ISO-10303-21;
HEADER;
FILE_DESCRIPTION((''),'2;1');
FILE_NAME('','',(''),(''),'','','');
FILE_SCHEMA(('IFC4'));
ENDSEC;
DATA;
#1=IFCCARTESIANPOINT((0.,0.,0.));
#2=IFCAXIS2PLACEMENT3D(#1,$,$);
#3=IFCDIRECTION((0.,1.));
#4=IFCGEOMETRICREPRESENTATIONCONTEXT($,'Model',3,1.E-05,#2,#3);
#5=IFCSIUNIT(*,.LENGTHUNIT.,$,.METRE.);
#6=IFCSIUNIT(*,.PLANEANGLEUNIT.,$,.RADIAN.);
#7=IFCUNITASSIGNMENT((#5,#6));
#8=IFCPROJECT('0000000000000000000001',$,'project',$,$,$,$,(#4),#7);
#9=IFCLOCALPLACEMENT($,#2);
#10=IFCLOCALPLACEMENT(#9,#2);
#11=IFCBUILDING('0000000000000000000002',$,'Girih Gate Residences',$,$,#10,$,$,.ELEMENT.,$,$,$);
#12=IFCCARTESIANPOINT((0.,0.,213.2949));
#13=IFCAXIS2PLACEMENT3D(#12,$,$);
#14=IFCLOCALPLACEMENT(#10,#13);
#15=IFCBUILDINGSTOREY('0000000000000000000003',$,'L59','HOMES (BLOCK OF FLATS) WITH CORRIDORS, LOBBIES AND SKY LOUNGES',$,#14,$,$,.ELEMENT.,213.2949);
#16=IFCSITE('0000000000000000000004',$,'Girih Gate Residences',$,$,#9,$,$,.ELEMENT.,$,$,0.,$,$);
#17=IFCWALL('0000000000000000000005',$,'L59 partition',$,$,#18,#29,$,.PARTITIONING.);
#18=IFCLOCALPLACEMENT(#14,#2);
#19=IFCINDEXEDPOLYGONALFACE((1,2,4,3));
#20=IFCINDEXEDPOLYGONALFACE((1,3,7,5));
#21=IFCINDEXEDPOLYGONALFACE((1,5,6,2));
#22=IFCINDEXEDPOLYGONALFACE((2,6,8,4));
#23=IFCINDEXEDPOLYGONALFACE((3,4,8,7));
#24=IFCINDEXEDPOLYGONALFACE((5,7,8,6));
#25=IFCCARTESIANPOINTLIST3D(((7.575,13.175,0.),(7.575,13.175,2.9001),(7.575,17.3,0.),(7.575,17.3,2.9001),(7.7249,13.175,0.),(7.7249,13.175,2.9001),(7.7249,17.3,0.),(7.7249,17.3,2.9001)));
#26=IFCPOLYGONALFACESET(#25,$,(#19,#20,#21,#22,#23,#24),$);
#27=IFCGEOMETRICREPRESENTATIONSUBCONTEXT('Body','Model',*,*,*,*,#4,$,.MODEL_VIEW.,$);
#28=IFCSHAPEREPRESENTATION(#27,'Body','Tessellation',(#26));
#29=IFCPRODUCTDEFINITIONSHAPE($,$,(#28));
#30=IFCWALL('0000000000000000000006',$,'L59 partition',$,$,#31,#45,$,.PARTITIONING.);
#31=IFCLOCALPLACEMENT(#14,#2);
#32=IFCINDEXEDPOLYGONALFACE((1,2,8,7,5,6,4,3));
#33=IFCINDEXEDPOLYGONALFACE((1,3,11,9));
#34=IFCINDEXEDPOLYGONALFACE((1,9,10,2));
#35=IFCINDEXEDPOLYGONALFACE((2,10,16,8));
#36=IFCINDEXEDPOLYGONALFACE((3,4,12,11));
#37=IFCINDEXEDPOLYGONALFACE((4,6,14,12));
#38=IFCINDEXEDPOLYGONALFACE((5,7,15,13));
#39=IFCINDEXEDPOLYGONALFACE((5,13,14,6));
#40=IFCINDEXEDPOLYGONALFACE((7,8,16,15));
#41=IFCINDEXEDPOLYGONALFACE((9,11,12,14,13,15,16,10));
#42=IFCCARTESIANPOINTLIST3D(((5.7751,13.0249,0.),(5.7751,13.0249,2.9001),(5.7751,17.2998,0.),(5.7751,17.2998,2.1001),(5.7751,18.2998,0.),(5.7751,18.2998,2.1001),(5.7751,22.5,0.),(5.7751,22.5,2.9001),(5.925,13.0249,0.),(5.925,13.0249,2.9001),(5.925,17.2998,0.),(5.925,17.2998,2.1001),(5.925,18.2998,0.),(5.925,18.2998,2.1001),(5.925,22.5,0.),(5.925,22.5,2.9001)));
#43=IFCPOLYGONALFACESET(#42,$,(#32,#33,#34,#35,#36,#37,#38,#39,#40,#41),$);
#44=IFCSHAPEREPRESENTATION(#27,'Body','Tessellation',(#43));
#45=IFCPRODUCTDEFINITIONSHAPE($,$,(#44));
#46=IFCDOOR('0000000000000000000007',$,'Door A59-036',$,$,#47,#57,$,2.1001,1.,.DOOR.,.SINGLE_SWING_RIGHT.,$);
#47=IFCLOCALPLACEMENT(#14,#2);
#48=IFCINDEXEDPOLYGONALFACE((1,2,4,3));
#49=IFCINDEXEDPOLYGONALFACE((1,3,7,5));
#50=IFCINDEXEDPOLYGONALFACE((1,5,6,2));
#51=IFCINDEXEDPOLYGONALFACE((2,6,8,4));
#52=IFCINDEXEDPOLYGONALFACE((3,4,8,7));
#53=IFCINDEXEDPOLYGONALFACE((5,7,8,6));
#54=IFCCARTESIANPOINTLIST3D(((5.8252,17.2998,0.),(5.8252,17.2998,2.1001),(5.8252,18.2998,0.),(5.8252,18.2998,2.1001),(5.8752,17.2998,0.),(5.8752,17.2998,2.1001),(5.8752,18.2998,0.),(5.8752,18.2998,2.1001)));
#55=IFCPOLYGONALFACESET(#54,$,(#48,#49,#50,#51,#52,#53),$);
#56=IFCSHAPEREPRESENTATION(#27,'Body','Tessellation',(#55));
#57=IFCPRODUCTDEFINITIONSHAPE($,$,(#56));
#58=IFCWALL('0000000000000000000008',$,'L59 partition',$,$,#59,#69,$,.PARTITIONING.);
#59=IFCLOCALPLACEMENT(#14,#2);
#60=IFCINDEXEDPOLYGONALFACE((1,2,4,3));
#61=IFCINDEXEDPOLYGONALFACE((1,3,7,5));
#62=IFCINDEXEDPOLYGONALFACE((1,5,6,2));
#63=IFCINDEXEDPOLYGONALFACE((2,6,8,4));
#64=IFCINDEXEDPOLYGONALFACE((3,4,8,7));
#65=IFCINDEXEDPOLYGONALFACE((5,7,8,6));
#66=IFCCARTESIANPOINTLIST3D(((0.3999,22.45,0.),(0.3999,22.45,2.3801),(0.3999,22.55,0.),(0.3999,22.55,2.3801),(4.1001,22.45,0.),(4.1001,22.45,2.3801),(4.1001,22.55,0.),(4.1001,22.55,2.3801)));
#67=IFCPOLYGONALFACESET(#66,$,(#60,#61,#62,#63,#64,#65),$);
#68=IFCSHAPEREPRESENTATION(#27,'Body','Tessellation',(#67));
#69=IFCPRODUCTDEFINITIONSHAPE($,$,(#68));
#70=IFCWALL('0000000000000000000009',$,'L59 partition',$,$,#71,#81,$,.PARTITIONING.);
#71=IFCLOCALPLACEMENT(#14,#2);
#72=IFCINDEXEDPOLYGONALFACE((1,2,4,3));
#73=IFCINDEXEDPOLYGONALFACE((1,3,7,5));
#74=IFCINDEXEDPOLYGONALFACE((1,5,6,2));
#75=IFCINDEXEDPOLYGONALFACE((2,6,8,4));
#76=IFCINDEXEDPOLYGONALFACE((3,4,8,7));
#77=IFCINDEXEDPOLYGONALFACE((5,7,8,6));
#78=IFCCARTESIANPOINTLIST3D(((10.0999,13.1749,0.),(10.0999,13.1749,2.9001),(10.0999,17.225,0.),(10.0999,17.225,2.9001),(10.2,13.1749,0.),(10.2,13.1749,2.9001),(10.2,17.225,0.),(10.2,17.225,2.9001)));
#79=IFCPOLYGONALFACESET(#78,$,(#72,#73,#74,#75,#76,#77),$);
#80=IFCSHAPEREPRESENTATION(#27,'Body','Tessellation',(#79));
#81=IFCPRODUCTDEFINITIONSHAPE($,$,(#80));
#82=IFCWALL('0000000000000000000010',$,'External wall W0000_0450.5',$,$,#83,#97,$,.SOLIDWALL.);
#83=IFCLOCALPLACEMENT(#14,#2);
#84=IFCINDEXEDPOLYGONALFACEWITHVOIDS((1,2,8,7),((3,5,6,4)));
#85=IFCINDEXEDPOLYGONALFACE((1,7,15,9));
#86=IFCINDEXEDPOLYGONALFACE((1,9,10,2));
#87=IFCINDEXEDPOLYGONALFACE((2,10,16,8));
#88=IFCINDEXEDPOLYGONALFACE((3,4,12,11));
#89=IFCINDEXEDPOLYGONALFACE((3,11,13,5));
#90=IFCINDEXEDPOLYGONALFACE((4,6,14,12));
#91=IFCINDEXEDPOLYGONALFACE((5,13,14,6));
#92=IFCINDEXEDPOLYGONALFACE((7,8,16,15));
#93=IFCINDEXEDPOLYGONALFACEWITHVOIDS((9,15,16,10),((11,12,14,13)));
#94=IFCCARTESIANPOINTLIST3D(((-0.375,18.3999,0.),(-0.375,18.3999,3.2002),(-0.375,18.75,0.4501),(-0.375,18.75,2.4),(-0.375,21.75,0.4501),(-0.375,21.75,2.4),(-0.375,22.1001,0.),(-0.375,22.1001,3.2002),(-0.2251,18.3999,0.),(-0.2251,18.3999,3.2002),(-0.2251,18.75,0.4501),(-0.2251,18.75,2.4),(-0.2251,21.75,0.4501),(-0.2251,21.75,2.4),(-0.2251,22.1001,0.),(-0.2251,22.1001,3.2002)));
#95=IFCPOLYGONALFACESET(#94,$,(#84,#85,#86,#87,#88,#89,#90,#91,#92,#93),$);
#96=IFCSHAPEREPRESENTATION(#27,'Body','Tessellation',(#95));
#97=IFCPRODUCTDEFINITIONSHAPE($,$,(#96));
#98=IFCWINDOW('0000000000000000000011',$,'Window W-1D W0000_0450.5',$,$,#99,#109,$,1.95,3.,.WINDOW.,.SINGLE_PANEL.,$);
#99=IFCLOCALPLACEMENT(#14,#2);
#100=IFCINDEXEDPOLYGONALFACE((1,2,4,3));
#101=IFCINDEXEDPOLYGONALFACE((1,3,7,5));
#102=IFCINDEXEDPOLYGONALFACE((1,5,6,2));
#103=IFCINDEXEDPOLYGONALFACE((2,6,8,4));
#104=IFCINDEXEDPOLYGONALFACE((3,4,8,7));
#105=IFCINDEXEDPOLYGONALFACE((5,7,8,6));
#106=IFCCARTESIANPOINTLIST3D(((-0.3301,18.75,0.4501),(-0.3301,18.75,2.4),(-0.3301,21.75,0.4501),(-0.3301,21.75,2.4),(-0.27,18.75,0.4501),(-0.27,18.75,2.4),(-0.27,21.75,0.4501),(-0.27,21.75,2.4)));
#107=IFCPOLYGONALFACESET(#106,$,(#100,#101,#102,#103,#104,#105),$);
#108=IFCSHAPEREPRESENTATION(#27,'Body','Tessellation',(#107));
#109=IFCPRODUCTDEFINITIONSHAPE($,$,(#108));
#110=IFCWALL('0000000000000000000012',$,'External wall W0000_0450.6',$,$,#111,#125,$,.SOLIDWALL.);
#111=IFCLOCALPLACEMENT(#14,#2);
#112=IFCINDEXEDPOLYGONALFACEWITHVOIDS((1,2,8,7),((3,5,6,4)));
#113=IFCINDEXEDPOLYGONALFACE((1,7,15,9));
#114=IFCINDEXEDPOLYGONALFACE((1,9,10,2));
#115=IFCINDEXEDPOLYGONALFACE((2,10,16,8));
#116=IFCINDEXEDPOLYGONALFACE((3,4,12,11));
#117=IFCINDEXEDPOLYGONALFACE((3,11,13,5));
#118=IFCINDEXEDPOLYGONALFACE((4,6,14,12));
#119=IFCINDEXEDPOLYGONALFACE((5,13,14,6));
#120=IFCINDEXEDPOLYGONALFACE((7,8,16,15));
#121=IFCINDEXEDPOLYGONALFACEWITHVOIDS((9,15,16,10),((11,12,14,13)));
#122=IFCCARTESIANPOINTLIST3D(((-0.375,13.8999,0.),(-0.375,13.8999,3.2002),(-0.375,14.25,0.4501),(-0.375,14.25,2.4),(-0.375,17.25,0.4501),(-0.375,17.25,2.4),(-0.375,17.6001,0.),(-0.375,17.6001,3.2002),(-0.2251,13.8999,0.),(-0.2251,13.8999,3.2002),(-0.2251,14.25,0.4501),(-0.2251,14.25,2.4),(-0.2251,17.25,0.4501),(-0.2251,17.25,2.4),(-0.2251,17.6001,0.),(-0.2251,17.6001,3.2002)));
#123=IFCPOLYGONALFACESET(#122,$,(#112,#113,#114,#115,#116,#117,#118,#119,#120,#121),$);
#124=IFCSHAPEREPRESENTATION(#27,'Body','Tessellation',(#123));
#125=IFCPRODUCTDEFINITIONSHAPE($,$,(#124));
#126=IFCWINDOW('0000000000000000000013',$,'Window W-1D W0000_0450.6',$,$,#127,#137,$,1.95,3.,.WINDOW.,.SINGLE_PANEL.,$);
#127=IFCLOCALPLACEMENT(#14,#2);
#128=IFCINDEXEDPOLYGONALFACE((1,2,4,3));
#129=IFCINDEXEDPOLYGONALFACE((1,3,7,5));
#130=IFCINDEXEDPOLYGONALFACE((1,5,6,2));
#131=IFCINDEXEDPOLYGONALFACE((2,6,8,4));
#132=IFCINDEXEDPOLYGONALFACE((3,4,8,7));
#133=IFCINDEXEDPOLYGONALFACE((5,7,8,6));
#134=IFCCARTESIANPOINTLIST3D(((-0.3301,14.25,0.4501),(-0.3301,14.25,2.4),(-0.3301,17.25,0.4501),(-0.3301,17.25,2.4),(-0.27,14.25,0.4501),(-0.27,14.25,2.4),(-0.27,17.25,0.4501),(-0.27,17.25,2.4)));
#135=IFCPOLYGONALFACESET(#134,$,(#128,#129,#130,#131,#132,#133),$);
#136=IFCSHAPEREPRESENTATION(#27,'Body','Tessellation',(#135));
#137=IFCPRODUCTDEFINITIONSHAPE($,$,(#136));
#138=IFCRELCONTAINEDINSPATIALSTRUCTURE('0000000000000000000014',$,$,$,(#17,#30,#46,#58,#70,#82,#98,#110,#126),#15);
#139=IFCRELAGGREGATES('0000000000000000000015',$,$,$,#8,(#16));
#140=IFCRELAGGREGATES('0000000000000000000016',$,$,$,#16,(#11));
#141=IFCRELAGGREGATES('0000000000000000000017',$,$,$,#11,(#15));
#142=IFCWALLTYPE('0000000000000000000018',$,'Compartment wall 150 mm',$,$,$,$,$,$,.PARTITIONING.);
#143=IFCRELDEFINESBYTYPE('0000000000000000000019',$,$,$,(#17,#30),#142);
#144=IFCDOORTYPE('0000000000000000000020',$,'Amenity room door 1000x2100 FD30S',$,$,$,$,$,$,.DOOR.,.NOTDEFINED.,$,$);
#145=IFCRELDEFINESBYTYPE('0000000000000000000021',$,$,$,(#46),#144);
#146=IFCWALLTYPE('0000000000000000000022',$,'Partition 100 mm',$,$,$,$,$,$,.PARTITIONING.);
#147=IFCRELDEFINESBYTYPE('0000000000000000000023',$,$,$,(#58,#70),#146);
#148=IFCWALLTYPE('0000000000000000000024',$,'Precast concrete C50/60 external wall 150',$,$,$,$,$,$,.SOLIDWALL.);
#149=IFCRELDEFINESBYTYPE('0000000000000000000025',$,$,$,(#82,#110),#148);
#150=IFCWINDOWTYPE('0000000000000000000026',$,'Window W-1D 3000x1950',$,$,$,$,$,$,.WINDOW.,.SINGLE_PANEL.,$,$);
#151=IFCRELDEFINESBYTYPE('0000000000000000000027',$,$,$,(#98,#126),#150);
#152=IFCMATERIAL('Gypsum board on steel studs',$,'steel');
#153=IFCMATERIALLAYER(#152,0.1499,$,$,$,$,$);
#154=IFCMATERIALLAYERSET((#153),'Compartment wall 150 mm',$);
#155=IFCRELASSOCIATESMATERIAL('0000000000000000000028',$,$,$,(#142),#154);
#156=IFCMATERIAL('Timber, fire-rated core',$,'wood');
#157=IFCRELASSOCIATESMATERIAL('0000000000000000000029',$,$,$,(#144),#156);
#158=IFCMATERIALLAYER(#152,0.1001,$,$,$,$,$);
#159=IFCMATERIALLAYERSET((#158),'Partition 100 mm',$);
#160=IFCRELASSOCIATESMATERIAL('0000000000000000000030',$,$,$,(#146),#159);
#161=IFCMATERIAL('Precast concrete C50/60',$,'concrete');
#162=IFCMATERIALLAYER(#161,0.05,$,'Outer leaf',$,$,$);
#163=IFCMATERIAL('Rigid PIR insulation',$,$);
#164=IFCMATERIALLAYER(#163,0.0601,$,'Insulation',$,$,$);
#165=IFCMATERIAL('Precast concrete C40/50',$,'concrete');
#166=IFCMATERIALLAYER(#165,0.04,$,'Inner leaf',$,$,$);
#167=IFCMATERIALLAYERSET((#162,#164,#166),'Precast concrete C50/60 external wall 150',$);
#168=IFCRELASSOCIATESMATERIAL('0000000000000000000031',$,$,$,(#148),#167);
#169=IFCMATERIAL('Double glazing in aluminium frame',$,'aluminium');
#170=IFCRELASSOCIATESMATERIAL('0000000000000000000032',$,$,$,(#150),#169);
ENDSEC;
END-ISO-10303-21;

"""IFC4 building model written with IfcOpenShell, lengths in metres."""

from ifc_helpers import new_model, si_unit, direction, frame, frame_2d, origin, place, context, subcontext, project, spatial, rectangle, extrude, material, layer, layer_set, type_object, element, fill, save


model = new_model("IFC4")

# Units and contexts
model_context = context("Model", 3, precision=1e-05, world=origin(), true_north=direction((0.0, 1.0)))
body_context = subcontext(model_context, "Body", "Model", "MODEL_VIEW")
ifc_project = project(units=[si_unit("LENGTHUNIT", "METRE"), si_unit("PLANEANGLEUNIT", "RADIAN")], contexts=[model_context])

# Site, building, storey
site_placement = place(None, origin())
site = spatial("IfcSite", under=ifc_project, at=site_placement, Name="Girih Gate Residences", CompositionType="ELEMENT", RefElevation=0.0)
building_placement = place(site_placement, origin())
building = spatial("IfcBuilding", under=site, at=building_placement, Name="Girih Gate Residences", CompositionType="ELEMENT")
storey_placement = place(building_placement, frame((0.0, 0.0, 213.2949)))
storey = spatial("IfcBuildingStorey", under=building, at=storey_placement, Name="L59", Description="HOMES (BLOCK OF FLATS) WITH CORRIDORS, LOBBIES AND SKY LOUNGES", CompositionType="ELEMENT", Elevation=213.2949)

# Shared definitions
ifc_material_1 = material(Name="Gypsum board on steel studs", Category="steel")
ifc_layer_1 = layer(ifc_material_1, 0.1499)
ifc_layer_set_1 = layer_set([ifc_layer_1], Name="Compartment wall 150 mm")
wall_type_1 = type_object("IfcWallType", Name="Compartment wall 150 mm", PredefinedType="PARTITIONING", material=ifc_layer_set_1)

# Wall
wall_1_placement = place(storey_placement, frame((7.6499, 13.175, 0.0), z_axis=(0.0, 0.0, 1.0), x_axis=(0.0, 1.0, 0.0)))
element("IfcWall", 1, at=wall_1_placement, inside=storey, type_object=wall_type_1, Name="L59 partition", PredefinedType="PARTITIONING", context=body_context, shape_type="SweptSolid", body=[
    extrude(rectangle(XDim=4.125, YDim=0.1499, at=frame_2d((2.0625, 0.0))), origin(), (0.0, 0.0, 1.0), 2.9001),
])

# Wall, opening, door
wall_2_placement = place(storey_placement, frame((5.8501, 13.0249, 0.0), z_axis=(0.0, 0.0, 1.0), x_axis=(0.0, 1.0, 0.0)))
wall_2 = element("IfcWall", 2, at=wall_2_placement, inside=storey, type_object=wall_type_1, Name="L59 partition", PredefinedType="PARTITIONING", context=body_context, shape_type="SweptSolid", body=[
    extrude(rectangle(XDim=9.4751, YDim=0.1499, at=frame_2d((4.7375, 0.0))), origin(), (0.0, 0.0, 1.0), 2.9001),
])
opening_1_placement = place(wall_2_placement, frame((4.2749, 0.0, 0.0)))
opening_1 = element("IfcOpeningElement", 3, at=opening_1_placement, cuts=wall_2, PredefinedType="OPENING", context=body_context, shape_type="SweptSolid", body=[
    extrude(rectangle(XDim=1.0, YDim=2.1001, at=frame_2d((0.5, 1.05))), frame((0.0, 0.085, 0.0), z_axis=(0.0, -1.0, 0.0), x_axis=(1.0, 0.0, 0.0)), (0.0, 0.0, 1.0), 0.1699),
])
ifc_material_2 = material(Name="Timber, fire-rated core", Category="wood")
door_type_1 = type_object("IfcDoorType", Name="Amenity room door 1000x2100 FD30S", OperationType="NOTDEFINED", PredefinedType="DOOR", material=ifc_material_2)
door_1_placement = place(opening_1_placement, origin())
door_1 = element("IfcDoor", 4, at=door_1_placement, inside=storey, type_object=door_type_1, Name="Door A59-036", OperationType="SINGLE_SWING_RIGHT", OverallHeight=2.1001, OverallWidth=1.0, PredefinedType="DOOR", context=body_context, shape_type="SweptSolid", body=[
    extrude(rectangle(XDim=1.0, YDim=2.1001, at=frame_2d((0.5, 1.05))), frame((0.0, 0.0249, 0.0), z_axis=(0.0, -1.0, 0.0), x_axis=(1.0, 0.0, 0.0)), (0.0, 0.0, 1.0), 0.05),
])
fill(opening_1, door_1)

# Walls
ifc_layer_2 = layer(ifc_material_1, 0.1001)
ifc_layer_set_2 = layer_set([ifc_layer_2], Name="Partition 100 mm")
wall_type_2 = type_object("IfcWallType", Name="Partition 100 mm", PredefinedType="PARTITIONING", material=ifc_layer_set_2)
wall_3_placement = place(storey_placement, frame((0.3999, 22.5, 0.0), z_axis=(0.0, 0.0, 1.0), x_axis=(1.0, 0.0, 0.0)))
element("IfcWall", 5, at=wall_3_placement, inside=storey, type_object=wall_type_2, Name="L59 partition", PredefinedType="PARTITIONING", context=body_context, shape_type="SweptSolid", body=[
    extrude(rectangle(XDim=3.7002, YDim=0.1001, at=frame_2d((1.8501, 0.0))), origin(), (0.0, 0.0, 1.0), 2.3801),
])
wall_4_placement = place(storey_placement, frame((10.1499, 13.175, 0.0), z_axis=(0.0, 0.0, 1.0), x_axis=(0.0, 1.0, 0.0)))
element("IfcWall", 6, at=wall_4_placement, inside=storey, type_object=wall_type_2, Name="L59 partition", PredefinedType="PARTITIONING", context=body_context, shape_type="SweptSolid", body=[
    extrude(rectangle(XDim=4.05, YDim=0.1001, at=frame_2d((2.0249, 0.0))), origin(), (0.0, 0.0, 1.0), 2.9001),
])

# Walls, openings, windows
ifc_material_3 = material(Name="Precast concrete C50/60", Category="concrete")
ifc_layer_3 = layer(ifc_material_3, 0.05, Name="Outer leaf")
ifc_material_4 = material(Name="Rigid PIR insulation")
ifc_layer_4 = layer(ifc_material_4, 0.0601, Name="Insulation")
ifc_material_5 = material(Name="Precast concrete C40/50", Category="concrete")
ifc_layer_5 = layer(ifc_material_5, 0.04, Name="Inner leaf")
ifc_layer_set_3 = layer_set([ifc_layer_3, ifc_layer_4, ifc_layer_5], Name="Precast concrete C50/60 external wall 150")
wall_type_3 = type_object("IfcWallType", Name="Precast concrete C50/60 external wall 150", PredefinedType="SOLIDWALL", material=ifc_layer_set_3)
wall_5_placement = place(storey_placement, frame((-0.3, 18.3999, 0.0), z_axis=(0.0, 0.0, 1.0), x_axis=(0.0, 1.0, 0.0)))
wall_5 = element("IfcWall", 7, at=wall_5_placement, inside=storey, type_object=wall_type_3, Name="External wall W0000_0450.5", PredefinedType="SOLIDWALL", context=body_context, shape_type="SweptSolid", body=[
    extrude(rectangle(XDim=3.7002, YDim=0.1499, at=frame_2d((1.8501, 0.0))), origin(), (0.0, 0.0, 1.0), 3.2002),
])
opening_2_placement = place(wall_5_placement, frame((0.3501, 0.0, 0.45)))
opening_2 = element("IfcOpeningElement", 8, at=opening_2_placement, cuts=wall_5, PredefinedType="OPENING", context=body_context, shape_type="SweptSolid", body=[
    extrude(rectangle(XDim=3.0, YDim=1.95, at=frame_2d((1.5, 0.9751))), frame((0.0, 0.085, 0.0), z_axis=(0.0, -1.0, 0.0), x_axis=(1.0, 0.0, 0.0)), (0.0, 0.0, 1.0), 0.1699),
])
ifc_material_6 = material(Name="Double glazing in aluminium frame", Category="aluminium")
window_type = type_object("IfcWindowType", Name="Window W-1D 3000x1950", PartitioningType="SINGLE_PANEL", PredefinedType="WINDOW", material=ifc_material_6)
window_1_placement = place(opening_2_placement, origin())
window_1 = element("IfcWindow", 9, at=window_1_placement, inside=storey, type_object=window_type, Name="Window W-1D W0000_0450.5", OverallHeight=1.95, OverallWidth=3.0, PartitioningType="SINGLE_PANEL", PredefinedType="WINDOW", context=body_context, shape_type="SweptSolid", body=[
    extrude(rectangle(XDim=3.0, YDim=1.95, at=frame_2d((1.5, 0.9751))), frame((0.0, 0.03, 0.0), z_axis=(0.0, -1.0, 0.0), x_axis=(1.0, 0.0, 0.0)), (0.0, 0.0, 1.0), 0.0601),
])
fill(opening_2, window_1)
wall_6_placement = place(storey_placement, frame((-0.3, 13.8999, 0.0), z_axis=(0.0, 0.0, 1.0), x_axis=(0.0, 1.0, 0.0)))
wall_6 = element("IfcWall", 10, at=wall_6_placement, inside=storey, type_object=wall_type_3, Name="External wall W0000_0450.6", PredefinedType="SOLIDWALL", context=body_context, shape_type="SweptSolid", body=[
    extrude(rectangle(XDim=3.7002, YDim=0.1499, at=frame_2d((1.8501, 0.0))), origin(), (0.0, 0.0, 1.0), 3.2002),
])
opening_3_placement = place(wall_6_placement, frame((0.3501, 0.0, 0.45)))
opening_3 = element("IfcOpeningElement", 11, at=opening_3_placement, cuts=wall_6, PredefinedType="OPENING", context=body_context, shape_type="SweptSolid", body=[
    extrude(rectangle(XDim=3.0, YDim=1.95, at=frame_2d((1.5, 0.9751))), frame((0.0, 0.085, 0.0), z_axis=(0.0, -1.0, 0.0), x_axis=(1.0, 0.0, 0.0)), (0.0, 0.0, 1.0), 0.1699),
])
window_2_placement = place(opening_3_placement, origin())
window_2 = element("IfcWindow", 12, at=window_2_placement, inside=storey, type_object=window_type, Name="Window W-1D W0000_0450.6", OverallHeight=1.95, OverallWidth=3.0, PartitioningType="SINGLE_PANEL", PredefinedType="WINDOW", context=body_context, shape_type="SweptSolid", body=[
    extrude(rectangle(XDim=3.0, YDim=1.95, at=frame_2d((1.5, 0.9751))), frame((0.0, 0.03, 0.0), z_axis=(0.0, -1.0, 0.0), x_axis=(1.0, 0.0, 0.0)), (0.0, 0.0, 1.0), 0.0601),
])
fill(opening_3, window_2)

save(model, "model.ifc")
